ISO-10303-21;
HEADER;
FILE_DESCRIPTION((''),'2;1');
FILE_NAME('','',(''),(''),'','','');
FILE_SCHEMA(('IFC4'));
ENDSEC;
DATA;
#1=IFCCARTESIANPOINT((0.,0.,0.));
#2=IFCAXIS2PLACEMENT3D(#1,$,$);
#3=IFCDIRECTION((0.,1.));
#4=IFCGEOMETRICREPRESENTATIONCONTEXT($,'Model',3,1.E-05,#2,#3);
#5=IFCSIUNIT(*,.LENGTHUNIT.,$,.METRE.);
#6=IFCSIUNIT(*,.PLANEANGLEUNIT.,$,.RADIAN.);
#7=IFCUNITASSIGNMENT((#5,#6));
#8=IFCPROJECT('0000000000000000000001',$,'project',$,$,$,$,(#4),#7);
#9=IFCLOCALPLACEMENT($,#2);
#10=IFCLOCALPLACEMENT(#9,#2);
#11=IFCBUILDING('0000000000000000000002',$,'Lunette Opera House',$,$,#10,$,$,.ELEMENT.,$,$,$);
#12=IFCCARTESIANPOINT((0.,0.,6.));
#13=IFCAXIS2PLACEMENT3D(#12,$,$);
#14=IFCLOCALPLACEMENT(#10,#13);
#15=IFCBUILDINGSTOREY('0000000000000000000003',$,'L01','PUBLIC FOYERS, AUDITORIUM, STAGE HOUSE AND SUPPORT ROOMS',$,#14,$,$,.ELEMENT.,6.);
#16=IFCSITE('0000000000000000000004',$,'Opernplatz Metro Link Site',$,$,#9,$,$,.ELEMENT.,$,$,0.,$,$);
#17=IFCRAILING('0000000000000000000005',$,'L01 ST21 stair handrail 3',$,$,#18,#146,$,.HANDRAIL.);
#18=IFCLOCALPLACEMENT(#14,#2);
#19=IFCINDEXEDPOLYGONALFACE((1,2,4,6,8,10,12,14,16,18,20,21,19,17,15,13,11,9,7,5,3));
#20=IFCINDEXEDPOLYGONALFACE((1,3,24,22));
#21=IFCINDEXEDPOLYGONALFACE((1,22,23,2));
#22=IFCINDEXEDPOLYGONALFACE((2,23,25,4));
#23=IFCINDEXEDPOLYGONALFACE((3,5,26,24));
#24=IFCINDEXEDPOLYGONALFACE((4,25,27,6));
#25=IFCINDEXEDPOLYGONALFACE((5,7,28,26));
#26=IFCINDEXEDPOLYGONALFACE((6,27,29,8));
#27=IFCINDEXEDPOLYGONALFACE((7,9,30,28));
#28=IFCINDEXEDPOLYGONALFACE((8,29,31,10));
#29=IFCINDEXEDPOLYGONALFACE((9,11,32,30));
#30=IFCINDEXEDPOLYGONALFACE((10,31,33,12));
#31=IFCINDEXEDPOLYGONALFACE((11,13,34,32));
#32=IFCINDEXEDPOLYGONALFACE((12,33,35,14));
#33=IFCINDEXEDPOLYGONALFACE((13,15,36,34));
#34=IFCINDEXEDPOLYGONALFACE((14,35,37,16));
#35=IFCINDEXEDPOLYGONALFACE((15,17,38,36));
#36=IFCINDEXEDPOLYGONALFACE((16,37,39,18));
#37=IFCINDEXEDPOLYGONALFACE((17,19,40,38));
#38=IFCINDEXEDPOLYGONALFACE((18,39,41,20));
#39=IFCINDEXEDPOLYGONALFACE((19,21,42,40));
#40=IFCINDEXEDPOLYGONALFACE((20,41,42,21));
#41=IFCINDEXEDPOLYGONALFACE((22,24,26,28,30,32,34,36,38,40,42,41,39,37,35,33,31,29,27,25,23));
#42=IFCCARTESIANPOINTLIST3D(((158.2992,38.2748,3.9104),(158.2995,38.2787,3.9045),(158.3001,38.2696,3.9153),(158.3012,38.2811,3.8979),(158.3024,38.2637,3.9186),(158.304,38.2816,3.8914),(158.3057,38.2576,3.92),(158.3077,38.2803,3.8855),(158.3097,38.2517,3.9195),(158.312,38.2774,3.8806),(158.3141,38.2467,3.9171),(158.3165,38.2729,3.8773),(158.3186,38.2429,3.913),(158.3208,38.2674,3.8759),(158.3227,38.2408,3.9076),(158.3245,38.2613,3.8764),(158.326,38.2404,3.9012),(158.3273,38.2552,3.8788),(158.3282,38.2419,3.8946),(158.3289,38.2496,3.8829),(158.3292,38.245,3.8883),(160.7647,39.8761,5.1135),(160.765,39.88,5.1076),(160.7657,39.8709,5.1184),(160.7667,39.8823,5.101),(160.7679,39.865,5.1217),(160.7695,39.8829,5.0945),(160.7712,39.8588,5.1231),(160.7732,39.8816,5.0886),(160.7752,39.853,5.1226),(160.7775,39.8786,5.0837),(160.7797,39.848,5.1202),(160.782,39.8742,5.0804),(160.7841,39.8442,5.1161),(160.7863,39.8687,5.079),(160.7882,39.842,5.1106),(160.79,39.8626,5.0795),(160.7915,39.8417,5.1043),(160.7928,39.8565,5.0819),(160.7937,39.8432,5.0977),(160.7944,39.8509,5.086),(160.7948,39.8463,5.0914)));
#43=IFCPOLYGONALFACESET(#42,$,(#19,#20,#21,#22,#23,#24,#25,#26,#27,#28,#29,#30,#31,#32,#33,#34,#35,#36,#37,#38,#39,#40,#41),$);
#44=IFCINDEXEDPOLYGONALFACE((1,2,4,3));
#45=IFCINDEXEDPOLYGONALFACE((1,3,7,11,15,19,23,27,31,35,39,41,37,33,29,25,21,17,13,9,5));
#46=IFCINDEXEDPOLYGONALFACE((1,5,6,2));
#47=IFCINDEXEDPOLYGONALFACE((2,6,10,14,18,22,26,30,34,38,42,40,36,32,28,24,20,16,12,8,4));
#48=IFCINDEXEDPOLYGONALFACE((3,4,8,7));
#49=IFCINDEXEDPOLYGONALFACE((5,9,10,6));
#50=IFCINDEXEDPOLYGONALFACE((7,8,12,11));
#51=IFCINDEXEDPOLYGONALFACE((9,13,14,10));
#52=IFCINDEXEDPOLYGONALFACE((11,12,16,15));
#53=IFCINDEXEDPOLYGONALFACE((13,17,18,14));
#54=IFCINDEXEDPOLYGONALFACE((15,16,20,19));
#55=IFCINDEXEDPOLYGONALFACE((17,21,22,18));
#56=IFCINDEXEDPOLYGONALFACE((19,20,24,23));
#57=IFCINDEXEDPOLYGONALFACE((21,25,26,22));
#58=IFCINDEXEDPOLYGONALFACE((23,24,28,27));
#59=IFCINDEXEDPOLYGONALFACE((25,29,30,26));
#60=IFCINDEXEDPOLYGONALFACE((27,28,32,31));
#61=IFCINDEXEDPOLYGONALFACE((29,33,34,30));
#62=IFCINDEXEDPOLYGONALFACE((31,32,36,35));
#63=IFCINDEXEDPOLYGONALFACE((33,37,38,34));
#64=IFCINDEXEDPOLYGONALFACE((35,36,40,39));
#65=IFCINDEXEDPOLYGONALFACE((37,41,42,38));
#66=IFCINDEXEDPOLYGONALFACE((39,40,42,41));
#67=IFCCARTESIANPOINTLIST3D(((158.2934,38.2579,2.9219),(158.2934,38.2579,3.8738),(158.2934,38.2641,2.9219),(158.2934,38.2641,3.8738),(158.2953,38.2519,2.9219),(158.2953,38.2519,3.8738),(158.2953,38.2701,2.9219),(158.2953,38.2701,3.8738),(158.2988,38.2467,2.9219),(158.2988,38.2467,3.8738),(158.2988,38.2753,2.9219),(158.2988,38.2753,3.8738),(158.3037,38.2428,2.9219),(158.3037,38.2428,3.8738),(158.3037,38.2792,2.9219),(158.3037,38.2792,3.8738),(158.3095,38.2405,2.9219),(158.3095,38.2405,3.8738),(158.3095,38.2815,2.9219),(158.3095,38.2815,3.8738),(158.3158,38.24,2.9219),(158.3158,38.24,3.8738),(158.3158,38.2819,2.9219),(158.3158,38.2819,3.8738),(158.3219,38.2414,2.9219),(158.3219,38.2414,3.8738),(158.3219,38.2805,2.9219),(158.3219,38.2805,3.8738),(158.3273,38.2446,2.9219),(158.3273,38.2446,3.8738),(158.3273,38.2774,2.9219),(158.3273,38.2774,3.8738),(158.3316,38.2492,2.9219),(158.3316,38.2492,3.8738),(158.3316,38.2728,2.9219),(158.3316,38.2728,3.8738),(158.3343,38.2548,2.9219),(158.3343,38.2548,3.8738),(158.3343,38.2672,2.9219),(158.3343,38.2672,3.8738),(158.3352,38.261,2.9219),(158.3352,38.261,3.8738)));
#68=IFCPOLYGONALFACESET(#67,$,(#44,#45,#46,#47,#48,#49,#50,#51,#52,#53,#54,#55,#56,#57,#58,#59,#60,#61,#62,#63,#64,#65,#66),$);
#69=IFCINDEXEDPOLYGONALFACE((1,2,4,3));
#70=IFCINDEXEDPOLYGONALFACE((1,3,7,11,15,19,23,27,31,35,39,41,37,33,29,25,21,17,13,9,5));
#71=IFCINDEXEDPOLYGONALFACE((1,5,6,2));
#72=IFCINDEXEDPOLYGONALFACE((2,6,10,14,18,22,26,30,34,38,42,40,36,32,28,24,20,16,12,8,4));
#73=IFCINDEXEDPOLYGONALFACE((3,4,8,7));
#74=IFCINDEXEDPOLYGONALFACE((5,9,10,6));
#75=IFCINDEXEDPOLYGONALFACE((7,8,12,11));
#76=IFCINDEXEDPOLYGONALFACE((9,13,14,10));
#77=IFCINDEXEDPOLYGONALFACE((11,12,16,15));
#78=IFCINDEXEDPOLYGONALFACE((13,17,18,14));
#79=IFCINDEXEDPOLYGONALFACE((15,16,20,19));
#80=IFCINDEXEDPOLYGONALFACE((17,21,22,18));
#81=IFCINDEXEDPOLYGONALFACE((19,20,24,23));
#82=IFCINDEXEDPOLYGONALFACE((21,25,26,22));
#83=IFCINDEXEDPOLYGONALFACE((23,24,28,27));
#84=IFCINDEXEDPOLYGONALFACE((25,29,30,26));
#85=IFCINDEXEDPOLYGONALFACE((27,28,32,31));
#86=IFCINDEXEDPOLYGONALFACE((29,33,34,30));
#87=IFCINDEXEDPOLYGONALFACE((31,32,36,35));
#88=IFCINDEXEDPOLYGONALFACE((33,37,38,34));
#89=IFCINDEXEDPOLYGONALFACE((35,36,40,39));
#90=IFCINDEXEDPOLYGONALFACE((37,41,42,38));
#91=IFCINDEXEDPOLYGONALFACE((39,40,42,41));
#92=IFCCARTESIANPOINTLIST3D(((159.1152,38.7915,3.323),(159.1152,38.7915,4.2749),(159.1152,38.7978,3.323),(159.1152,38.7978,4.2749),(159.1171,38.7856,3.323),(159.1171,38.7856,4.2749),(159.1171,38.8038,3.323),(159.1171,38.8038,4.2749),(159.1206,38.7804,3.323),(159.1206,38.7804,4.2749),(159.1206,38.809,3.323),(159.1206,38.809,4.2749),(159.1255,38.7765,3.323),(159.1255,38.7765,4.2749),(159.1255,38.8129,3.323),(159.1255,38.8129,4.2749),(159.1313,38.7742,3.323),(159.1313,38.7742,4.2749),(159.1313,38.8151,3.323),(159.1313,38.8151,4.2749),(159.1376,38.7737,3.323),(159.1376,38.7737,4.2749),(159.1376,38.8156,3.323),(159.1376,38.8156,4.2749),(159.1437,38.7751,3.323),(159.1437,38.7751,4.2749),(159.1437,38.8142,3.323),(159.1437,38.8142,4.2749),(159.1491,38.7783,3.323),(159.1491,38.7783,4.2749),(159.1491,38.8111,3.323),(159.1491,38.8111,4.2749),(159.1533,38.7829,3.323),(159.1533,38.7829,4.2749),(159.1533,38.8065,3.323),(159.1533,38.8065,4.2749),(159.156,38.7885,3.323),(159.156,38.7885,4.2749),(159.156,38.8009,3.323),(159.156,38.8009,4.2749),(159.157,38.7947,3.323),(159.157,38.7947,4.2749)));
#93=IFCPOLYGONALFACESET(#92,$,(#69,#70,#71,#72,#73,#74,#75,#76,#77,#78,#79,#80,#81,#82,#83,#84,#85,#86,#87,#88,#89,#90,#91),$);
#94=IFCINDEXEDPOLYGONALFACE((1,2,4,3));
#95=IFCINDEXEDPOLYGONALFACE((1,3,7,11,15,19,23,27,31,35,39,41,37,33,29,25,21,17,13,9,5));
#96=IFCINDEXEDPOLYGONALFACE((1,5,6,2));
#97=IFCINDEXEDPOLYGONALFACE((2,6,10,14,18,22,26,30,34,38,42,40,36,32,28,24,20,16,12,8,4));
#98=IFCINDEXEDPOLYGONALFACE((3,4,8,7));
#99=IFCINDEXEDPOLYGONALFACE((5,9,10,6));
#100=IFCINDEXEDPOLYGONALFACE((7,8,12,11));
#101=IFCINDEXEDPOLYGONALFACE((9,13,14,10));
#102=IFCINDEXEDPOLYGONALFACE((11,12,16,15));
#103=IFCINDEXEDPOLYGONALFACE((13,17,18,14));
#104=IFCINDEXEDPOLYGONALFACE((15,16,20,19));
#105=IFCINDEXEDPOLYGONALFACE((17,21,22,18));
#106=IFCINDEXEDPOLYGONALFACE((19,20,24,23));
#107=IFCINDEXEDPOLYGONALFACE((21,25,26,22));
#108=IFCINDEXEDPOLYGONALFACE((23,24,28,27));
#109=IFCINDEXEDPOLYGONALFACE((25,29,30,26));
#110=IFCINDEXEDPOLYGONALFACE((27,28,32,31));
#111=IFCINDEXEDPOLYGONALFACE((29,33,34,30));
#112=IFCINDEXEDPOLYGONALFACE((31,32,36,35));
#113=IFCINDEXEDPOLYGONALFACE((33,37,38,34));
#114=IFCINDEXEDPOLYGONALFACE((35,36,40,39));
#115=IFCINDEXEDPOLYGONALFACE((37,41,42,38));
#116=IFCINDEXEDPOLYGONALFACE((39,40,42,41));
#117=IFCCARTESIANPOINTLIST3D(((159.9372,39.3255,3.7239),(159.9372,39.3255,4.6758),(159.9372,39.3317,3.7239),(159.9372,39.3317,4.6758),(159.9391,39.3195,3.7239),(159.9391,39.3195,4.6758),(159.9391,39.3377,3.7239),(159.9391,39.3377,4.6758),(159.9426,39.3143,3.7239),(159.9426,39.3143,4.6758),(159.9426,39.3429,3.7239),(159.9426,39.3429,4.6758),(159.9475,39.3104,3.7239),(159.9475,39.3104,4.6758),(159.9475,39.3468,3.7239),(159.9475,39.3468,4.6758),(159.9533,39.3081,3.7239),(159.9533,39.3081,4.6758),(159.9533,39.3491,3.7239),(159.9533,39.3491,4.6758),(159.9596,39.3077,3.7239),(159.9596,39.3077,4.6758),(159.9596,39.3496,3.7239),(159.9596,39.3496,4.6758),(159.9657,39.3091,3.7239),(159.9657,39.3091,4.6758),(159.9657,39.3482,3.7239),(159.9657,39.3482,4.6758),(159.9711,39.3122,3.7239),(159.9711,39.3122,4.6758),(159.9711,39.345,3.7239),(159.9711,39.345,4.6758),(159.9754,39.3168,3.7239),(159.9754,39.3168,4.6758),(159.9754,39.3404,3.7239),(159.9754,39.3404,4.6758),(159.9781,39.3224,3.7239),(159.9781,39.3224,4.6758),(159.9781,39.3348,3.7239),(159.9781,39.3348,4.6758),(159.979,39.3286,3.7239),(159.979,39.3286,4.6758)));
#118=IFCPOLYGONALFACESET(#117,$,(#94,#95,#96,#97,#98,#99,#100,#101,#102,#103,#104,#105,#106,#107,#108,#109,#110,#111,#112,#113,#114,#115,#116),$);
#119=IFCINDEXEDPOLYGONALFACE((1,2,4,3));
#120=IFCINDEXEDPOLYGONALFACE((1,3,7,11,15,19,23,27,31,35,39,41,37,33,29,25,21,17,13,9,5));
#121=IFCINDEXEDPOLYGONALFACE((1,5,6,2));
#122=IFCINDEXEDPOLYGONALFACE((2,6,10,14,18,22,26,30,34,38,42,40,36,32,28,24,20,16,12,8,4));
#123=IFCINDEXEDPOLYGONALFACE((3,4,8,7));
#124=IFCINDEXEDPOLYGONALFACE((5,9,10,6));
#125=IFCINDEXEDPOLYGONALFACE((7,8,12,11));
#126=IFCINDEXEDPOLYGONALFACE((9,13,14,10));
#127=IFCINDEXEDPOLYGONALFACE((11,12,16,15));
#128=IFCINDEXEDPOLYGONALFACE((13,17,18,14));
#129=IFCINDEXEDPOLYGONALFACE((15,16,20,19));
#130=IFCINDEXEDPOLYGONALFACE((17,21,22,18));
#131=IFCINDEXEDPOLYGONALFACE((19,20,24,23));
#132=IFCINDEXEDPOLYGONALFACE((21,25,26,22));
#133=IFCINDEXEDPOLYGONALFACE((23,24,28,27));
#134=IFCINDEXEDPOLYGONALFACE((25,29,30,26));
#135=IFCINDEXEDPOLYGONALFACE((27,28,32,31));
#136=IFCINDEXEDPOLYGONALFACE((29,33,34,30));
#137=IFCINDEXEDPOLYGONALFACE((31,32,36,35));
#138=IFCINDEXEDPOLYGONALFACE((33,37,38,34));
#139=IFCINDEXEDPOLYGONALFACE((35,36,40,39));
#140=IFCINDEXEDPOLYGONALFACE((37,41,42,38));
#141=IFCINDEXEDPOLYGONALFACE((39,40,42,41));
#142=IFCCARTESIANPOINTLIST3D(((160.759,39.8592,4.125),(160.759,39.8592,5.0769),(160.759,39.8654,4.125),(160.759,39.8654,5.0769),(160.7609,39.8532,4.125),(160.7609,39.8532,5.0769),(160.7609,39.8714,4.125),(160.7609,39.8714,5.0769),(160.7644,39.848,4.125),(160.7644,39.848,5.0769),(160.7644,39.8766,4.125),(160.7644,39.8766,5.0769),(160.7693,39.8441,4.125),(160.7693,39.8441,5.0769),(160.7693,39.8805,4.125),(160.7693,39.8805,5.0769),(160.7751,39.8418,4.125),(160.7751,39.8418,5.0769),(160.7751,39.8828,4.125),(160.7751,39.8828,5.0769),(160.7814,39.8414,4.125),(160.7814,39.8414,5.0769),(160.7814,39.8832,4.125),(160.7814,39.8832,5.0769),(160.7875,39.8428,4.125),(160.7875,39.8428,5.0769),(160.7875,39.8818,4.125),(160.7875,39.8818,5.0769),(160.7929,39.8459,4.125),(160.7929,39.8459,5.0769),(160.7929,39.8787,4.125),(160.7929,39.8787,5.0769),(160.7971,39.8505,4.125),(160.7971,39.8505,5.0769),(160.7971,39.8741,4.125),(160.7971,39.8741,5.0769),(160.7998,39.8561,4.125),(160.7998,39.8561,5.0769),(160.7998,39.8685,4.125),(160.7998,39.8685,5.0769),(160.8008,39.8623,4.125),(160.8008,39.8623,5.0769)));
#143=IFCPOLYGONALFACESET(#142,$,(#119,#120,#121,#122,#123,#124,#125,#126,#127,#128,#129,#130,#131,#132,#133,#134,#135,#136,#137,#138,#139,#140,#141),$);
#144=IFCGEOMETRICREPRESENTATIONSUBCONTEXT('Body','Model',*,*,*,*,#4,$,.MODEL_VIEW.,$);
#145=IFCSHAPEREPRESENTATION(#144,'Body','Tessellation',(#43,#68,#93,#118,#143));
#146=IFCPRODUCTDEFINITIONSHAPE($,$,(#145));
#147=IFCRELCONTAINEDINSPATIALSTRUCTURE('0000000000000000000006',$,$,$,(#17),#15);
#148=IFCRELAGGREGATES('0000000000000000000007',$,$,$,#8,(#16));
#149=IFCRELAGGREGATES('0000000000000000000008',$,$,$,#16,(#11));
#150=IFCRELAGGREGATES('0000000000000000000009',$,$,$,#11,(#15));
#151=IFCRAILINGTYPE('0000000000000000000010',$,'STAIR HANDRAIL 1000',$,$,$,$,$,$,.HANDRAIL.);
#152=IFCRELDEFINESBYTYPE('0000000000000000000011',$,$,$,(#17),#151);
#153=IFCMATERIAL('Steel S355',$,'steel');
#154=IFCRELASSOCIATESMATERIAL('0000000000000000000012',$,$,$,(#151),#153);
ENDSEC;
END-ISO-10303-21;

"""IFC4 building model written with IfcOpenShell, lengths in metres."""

from ifc_helpers import new_model, si_unit, direction, frame, origin, origin_2d, place, context, subcontext, project, spatial, circle, extrude, material, type_object, element, save


model = new_model("IFC4")

# Units and contexts
model_context = context("Model", 3, precision=1e-05, world=origin(), true_north=direction((0.0, 1.0)))
body_context = subcontext(model_context, "Body", "Model", "MODEL_VIEW")
ifc_project = project(units=[si_unit("LENGTHUNIT", "METRE"), si_unit("PLANEANGLEUNIT", "RADIAN")], contexts=[model_context])

# Site, building, storey
site_placement = place(None, origin())
site = spatial("IfcSite", under=ifc_project, at=site_placement, Name="Opernplatz Metro Link Site", CompositionType="ELEMENT", RefElevation=0.0)
building_placement = place(site_placement, origin())
building = spatial("IfcBuilding", under=site, at=building_placement, Name="Lunette Opera House", CompositionType="ELEMENT")
storey_placement = place(building_placement, frame((0.0, 0.0, 6.0)))
storey = spatial("IfcBuildingStorey", under=building, at=storey_placement, Name="L01", Description="PUBLIC FOYERS, AUDITORIUM, STAGE HOUSE AND SUPPORT ROOMS", CompositionType="ELEMENT", Elevation=6.0)

# Railing
ifc_material_1 = material(Name="Steel S355", Category="steel")
railing_type_1 = type_object("IfcRailingType", Name="STAIR HANDRAIL 1000", PredefinedType="HANDRAIL", material=ifc_material_1)
railing_1_placement = place(storey_placement, frame((158.3142, 38.261, 2.9219)))
element("IfcRailing", 1, at=railing_1_placement, inside=storey, type_object=railing_type_1, Name="L01 ST21 stair handrail 3", PredefinedType="HANDRAIL", context=body_context, shape_type="SweptSolid", body=[
    extrude(circle(Radius=0.0239, at=origin_2d()), frame((0.0, 0.0, 0.9761), z_axis=(0.776168, 0.504098, 0.378746), x_axis=(-0.544676, 0.838647, 0.0)), (0.0, 0.0, 1.0), 3.1765),
    extrude(circle(Radius=0.021, at=origin_2d()), origin(), (0.0, 0.0, 1.0), 0.9519),
    extrude(circle(Radius=0.021, at=origin_2d()), frame((0.8218, 0.5337, 0.4011)), (0.0, 0.0, 1.0), 0.9519),
    extrude(circle(Radius=0.021, at=origin_2d()), frame((1.6438, 1.0676, 0.802)), (0.0, 0.0, 1.0), 0.9519),
    extrude(circle(Radius=0.021, at=origin_2d()), frame((2.4656, 1.6013, 1.2031)), (0.0, 0.0, 1.0), 0.9519),
])

save(model, "model.ifc")
